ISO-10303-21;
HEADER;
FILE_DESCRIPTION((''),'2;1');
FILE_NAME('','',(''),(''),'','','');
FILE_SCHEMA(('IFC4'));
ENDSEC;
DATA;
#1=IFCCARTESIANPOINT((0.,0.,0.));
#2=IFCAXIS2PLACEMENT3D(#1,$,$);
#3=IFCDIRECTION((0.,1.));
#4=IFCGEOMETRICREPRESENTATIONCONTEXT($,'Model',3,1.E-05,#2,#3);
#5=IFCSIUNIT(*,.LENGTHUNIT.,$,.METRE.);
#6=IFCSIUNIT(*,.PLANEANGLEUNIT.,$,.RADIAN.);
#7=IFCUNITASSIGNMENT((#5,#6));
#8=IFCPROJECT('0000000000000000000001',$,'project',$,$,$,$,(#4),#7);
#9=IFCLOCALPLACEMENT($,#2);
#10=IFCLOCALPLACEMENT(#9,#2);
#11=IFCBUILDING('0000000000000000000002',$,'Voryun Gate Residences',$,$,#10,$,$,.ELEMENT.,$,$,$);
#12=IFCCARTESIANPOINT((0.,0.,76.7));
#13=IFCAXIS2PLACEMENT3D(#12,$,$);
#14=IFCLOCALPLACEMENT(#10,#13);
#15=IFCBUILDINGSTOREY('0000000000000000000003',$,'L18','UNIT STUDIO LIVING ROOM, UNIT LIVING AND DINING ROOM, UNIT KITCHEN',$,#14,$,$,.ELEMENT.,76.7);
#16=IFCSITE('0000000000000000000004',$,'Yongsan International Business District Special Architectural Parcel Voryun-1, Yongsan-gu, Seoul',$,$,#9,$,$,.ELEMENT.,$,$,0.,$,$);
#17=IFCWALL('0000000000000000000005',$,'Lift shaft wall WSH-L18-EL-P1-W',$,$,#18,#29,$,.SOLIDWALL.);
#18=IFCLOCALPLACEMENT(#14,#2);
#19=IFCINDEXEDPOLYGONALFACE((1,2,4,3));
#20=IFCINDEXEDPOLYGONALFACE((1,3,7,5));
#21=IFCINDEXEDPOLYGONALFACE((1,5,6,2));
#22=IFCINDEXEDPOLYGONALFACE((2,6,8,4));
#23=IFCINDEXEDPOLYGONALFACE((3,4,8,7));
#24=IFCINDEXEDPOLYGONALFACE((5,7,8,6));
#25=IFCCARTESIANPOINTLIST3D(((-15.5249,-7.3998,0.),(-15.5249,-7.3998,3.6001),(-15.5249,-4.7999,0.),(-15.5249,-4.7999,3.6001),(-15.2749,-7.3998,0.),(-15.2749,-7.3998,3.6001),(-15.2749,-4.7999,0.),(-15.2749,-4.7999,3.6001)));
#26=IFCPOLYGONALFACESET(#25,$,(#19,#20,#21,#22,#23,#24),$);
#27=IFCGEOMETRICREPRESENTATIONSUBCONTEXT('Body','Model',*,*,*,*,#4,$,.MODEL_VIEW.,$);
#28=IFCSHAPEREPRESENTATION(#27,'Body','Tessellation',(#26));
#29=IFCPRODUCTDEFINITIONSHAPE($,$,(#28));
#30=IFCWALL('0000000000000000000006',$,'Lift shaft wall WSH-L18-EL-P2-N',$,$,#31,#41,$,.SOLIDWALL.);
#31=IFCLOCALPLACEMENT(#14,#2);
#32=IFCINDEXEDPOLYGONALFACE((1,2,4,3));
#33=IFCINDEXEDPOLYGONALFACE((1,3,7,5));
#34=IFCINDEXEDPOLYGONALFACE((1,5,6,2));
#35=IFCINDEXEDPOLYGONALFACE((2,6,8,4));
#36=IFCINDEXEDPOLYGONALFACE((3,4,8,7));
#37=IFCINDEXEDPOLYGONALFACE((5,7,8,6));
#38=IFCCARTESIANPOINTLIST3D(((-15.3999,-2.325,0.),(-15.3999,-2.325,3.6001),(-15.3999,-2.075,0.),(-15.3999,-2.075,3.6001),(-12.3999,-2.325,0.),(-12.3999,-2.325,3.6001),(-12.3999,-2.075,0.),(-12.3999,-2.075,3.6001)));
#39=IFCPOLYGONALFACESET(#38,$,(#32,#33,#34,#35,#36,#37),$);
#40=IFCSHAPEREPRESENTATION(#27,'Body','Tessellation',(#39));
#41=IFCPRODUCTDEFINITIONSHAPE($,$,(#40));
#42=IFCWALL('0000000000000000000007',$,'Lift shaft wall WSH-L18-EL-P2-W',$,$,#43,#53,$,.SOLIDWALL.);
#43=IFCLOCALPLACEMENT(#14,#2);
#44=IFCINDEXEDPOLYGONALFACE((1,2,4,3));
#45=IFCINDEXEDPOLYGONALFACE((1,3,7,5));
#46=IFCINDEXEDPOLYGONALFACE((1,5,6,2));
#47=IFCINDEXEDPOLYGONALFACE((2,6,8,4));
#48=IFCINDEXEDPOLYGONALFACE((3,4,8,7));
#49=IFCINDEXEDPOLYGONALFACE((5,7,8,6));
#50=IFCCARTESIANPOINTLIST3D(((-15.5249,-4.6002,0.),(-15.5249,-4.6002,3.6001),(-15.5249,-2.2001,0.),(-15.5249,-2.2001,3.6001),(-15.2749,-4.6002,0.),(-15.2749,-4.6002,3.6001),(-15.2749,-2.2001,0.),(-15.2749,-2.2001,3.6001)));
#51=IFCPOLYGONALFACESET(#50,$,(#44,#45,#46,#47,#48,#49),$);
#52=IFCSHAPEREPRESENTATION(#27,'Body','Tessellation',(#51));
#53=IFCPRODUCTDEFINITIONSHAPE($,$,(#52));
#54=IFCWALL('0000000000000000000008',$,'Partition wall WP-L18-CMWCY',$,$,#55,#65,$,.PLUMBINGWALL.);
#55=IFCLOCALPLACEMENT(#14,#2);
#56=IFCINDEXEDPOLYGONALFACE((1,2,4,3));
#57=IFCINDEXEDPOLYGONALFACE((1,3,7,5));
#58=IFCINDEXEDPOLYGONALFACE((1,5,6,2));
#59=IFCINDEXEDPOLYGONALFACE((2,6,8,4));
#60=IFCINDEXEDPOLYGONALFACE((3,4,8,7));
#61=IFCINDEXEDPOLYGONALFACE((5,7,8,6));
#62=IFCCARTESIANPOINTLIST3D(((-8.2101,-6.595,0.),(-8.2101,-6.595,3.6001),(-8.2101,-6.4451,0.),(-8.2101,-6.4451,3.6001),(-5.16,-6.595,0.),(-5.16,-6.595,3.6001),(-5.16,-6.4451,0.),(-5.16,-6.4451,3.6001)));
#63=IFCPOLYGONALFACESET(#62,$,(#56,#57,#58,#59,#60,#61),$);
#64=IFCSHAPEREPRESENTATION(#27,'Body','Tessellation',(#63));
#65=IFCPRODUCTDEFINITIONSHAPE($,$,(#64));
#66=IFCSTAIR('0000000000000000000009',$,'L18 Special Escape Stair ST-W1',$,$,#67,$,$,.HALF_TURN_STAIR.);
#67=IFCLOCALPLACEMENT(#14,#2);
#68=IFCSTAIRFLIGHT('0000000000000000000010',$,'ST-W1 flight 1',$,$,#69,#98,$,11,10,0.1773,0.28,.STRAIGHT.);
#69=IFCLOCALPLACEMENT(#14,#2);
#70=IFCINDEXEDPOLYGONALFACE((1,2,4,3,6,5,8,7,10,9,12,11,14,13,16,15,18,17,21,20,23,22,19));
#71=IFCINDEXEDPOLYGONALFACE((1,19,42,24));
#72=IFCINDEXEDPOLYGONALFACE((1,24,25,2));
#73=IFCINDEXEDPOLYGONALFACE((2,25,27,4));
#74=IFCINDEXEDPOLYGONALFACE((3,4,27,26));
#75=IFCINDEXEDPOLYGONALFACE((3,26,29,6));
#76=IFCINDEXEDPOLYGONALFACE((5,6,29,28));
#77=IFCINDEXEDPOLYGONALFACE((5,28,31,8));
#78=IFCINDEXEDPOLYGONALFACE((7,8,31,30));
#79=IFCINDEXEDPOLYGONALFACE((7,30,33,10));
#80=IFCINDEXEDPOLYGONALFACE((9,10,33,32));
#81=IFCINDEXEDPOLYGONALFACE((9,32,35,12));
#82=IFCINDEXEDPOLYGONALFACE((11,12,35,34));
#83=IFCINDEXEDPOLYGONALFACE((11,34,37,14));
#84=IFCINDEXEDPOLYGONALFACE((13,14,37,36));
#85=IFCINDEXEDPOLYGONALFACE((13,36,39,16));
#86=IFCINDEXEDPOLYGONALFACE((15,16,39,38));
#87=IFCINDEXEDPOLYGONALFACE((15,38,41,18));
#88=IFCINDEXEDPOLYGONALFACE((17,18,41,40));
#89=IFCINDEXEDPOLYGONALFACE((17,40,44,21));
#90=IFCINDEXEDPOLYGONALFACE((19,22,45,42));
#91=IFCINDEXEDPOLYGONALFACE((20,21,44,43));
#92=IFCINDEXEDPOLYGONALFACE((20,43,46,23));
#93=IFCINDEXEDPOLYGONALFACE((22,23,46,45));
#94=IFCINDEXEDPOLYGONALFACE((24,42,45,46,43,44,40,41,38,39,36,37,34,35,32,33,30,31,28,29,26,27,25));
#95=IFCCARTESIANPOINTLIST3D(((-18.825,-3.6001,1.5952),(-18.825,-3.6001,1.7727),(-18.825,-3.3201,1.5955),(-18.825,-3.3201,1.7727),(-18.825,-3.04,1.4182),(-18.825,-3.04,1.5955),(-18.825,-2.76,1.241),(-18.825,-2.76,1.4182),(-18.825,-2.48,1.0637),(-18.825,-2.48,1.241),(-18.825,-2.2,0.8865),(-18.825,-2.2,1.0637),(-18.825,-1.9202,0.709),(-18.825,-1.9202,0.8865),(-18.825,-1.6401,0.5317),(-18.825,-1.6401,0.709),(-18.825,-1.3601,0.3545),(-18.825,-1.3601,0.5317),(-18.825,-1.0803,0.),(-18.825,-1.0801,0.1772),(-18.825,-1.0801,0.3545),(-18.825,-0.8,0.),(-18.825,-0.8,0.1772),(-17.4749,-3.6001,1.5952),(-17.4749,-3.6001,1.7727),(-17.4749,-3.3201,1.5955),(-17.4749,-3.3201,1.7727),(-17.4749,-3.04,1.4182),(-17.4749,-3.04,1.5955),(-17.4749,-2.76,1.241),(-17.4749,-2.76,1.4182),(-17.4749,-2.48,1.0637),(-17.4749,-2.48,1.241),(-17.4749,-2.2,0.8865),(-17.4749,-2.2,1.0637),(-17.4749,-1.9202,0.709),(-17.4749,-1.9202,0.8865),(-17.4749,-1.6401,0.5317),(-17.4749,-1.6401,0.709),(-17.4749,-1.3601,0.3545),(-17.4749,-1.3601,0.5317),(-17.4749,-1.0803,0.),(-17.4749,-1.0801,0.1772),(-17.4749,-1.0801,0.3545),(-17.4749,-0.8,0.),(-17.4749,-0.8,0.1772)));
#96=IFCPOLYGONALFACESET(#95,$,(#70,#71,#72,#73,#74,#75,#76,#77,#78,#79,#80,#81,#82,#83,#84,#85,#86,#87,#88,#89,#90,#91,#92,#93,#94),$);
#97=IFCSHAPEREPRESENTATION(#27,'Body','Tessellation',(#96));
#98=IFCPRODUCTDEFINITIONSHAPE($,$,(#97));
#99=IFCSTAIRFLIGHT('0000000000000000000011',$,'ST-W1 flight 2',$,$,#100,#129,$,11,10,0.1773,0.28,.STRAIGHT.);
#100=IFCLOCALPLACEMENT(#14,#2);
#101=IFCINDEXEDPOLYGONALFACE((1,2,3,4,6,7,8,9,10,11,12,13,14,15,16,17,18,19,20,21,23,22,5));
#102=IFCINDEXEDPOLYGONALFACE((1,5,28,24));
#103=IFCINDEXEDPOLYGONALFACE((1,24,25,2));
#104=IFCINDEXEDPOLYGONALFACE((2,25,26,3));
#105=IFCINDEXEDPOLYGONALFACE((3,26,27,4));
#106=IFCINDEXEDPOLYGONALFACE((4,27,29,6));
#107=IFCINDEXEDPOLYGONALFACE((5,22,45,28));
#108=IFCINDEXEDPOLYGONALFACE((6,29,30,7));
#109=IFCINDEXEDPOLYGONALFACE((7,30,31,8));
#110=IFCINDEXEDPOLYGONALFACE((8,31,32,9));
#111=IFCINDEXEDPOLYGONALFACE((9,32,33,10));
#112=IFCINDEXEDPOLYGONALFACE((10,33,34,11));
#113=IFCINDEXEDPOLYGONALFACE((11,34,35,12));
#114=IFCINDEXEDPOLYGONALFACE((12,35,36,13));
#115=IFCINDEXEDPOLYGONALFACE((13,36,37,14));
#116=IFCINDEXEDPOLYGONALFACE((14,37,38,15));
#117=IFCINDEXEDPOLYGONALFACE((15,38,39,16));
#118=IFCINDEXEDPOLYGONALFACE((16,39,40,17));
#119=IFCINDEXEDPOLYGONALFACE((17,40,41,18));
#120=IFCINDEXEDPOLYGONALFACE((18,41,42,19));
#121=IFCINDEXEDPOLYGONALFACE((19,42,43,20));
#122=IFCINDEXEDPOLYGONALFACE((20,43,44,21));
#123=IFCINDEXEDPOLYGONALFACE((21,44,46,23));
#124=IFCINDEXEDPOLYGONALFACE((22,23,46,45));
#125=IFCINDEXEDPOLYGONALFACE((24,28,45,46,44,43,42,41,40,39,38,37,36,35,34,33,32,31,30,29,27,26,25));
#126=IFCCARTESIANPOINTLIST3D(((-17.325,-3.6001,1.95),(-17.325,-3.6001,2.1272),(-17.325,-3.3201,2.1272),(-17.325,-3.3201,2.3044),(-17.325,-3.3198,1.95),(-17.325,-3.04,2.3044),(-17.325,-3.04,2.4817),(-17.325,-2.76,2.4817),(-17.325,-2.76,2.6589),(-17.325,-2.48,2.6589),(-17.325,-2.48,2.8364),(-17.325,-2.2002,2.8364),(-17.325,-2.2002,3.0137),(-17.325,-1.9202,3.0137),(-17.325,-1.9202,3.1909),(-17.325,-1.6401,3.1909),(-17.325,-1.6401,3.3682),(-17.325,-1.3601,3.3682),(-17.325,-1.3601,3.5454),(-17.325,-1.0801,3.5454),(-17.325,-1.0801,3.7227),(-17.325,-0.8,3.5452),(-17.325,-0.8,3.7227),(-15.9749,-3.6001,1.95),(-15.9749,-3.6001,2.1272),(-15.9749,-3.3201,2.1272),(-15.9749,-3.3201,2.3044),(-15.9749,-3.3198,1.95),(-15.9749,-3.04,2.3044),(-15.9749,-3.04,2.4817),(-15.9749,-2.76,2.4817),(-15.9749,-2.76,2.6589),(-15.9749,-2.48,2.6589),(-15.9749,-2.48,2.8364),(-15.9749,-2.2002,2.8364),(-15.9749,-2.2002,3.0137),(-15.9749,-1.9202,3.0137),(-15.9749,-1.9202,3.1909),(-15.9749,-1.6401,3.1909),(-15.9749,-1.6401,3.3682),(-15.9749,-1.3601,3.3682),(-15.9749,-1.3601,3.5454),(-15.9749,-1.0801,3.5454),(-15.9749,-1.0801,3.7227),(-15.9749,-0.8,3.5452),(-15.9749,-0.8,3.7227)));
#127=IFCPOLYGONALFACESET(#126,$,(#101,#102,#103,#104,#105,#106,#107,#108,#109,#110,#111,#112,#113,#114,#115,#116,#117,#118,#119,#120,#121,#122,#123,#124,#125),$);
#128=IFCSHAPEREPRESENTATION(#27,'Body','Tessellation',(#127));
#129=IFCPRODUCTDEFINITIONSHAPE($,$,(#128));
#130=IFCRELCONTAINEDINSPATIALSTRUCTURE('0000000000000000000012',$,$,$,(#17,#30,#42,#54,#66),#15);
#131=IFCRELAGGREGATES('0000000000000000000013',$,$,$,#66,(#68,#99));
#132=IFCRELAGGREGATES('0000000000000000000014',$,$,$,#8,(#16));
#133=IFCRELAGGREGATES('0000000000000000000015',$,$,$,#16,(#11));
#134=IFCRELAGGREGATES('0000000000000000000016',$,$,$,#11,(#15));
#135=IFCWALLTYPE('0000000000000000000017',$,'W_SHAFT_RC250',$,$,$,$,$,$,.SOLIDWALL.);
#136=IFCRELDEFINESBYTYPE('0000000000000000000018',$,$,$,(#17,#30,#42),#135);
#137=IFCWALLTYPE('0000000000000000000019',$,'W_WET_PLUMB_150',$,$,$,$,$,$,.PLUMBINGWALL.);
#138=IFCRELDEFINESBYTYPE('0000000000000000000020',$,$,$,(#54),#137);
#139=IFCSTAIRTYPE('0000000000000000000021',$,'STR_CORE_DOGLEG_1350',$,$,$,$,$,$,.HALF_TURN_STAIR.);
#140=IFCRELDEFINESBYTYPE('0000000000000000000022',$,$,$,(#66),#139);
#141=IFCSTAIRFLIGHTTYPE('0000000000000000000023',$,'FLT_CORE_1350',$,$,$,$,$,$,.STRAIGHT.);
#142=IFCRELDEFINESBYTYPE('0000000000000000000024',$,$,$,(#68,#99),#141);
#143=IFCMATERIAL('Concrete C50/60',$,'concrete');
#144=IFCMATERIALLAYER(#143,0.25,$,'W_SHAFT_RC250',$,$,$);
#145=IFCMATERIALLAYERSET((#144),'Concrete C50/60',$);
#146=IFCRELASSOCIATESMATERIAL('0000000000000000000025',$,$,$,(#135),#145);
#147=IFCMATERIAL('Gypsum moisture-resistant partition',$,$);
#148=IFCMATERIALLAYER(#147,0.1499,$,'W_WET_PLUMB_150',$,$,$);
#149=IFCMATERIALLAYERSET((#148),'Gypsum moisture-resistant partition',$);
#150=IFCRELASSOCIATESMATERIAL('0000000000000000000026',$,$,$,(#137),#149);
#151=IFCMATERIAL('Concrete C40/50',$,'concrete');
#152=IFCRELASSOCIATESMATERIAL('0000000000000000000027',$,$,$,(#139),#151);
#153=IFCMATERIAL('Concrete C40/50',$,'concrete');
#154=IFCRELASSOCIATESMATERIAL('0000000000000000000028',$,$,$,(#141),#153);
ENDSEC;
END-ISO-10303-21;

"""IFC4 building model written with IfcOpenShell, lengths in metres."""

from ifc_helpers import new_model, si_unit, direction, frame, frame_2d, origin, place, context, subcontext, project, spatial, polyline, rectangle, outline, extrude, material, layer, layer_set, type_object, element, aggregate, save


model = new_model("IFC4")

# Units and contexts
model_context = context("Model", 3, precision=1e-05, world=origin(), true_north=direction((0.0, 1.0)))
body_context = subcontext(model_context, "Body", "Model", "MODEL_VIEW")
ifc_project = project(units=[si_unit("LENGTHUNIT", "METRE"), si_unit("PLANEANGLEUNIT", "RADIAN")], contexts=[model_context])

# Site, building, storey
site_placement = place(None, origin())
site = spatial("IfcSite", under=ifc_project, at=site_placement, Name="Yongsan International Business District Special Architectural Parcel Voryun-1, Yongsan-gu, Seoul", CompositionType="ELEMENT", RefElevation=0.0)
building_placement = place(site_placement, origin())
building = spatial("IfcBuilding", under=site, at=building_placement, Name="Voryun Gate Residences", CompositionType="ELEMENT")
storey_placement = place(building_placement, frame((0.0, 0.0, 76.7)))
storey = spatial("IfcBuildingStorey", under=building, at=storey_placement, Name="L18", Description="UNIT STUDIO LIVING ROOM, UNIT LIVING AND DINING ROOM, UNIT KITCHEN", CompositionType="ELEMENT", Elevation=76.7)

# Walls
ifc_material_1 = material(Name="Concrete C50/60", Category="concrete")
ifc_layer_1 = layer(ifc_material_1, 0.25, Name="W_SHAFT_RC250")
ifc_layer_set_1 = layer_set([ifc_layer_1], Name="Concrete C50/60")
wall_type_1 = type_object("IfcWallType", Name="W_SHAFT_RC250", PredefinedType="SOLIDWALL", material=ifc_layer_set_1)
wall_1_placement = place(storey_placement, frame((-15.3999, -4.8, 0.0), z_axis=(0.0, 0.0, 1.0), x_axis=(0.0, -1.0, 0.0)))
element("IfcWall", 1, at=wall_1_placement, inside=storey, type_object=wall_type_1, Name="Lift shaft wall WSH-L18-EL-P1-W", PredefinedType="SOLIDWALL", context=body_context, shape_type="SweptSolid", body=[
    extrude(rectangle(XDim=2.5999, YDim=0.25, at=frame_2d((1.2998, 0.0))), origin(), (0.0, 0.0, 1.0), 3.6001),
])
wall_2_placement = place(storey_placement, frame((-12.3999, -2.2, 0.0), z_axis=(0.0, 0.0, 1.0), x_axis=(-1.0, 0.0, 0.0)))
element("IfcWall", 2, at=wall_2_placement, inside=storey, type_object=wall_type_1, Name="Lift shaft wall WSH-L18-EL-P2-N", PredefinedType="SOLIDWALL", context=body_context, shape_type="SweptSolid", body=[
    extrude(rectangle(XDim=3.0, YDim=0.25, at=frame_2d((1.5, 0.0))), origin(), (0.0, 0.0, 1.0), 3.6001),
])
wall_3_placement = place(storey_placement, frame((-15.3999, -2.2, 0.0), z_axis=(0.0, 0.0, 1.0), x_axis=(0.0, -1.0, 0.0)))
element("IfcWall", 3, at=wall_3_placement, inside=storey, type_object=wall_type_1, Name="Lift shaft wall WSH-L18-EL-P2-W", PredefinedType="SOLIDWALL", context=body_context, shape_type="SweptSolid", body=[
    extrude(rectangle(XDim=2.4001, YDim=0.25, at=frame_2d((1.2002, 0.0))), origin(), (0.0, 0.0, 1.0), 3.6001),
])
ifc_material_2 = material(Name="Gypsum moisture-resistant partition")
ifc_layer_2 = layer(ifc_material_2, 0.1499, Name="W_WET_PLUMB_150")
ifc_layer_set_2 = layer_set([ifc_layer_2], Name="Gypsum moisture-resistant partition")
wall_type_2 = type_object("IfcWallType", Name="W_WET_PLUMB_150", PredefinedType="PLUMBINGWALL", material=ifc_layer_set_2)
wall_4_placement = place(storey_placement, frame((-8.21, -6.52, 0.0), z_axis=(0.0, 0.0, 1.0), x_axis=(1.0, 0.0, 0.0)))
element("IfcWall", 4, at=wall_4_placement, inside=storey, type_object=wall_type_2, Name="Partition wall WP-L18-CMWCY", PredefinedType="PLUMBINGWALL", context=body_context, shape_type="SweptSolid", body=[
    extrude(rectangle(XDim=3.05, YDim=0.1499, at=frame_2d((1.5249, 0.0))), origin(), (0.0, 0.0, 1.0), 3.6001),
])

# Stair, stair flights
ifc_material_3 = material(Name="Concrete C40/50", Category="concrete")
stair_type = type_object("IfcStairType", Name="STR_CORE_DOGLEG_1350", PredefinedType="HALF_TURN_STAIR", material=ifc_material_3)
stair_placement = place(storey_placement, origin())
stair = element("IfcStair", 5, at=stair_placement, inside=storey, type_object=stair_type, Name="L18 Special Escape Stair ST-W1", PredefinedType="HALF_TURN_STAIR")
ifc_material_4 = material(Name="Concrete C40/50", Category="concrete")
stair_flight_type = type_object("IfcStairFlightType", Name="FLT_CORE_1350", PredefinedType="STRAIGHT", material=ifc_material_4)
stair_flight_1_placement = place(storey_placement, frame((-18.1499, -0.8, 0.0), z_axis=(0.0, 0.0, 1.0), x_axis=(0.0, -1.0, 0.0)))
stair_flight_1 = element("IfcStairFlight", 6, at=stair_flight_1_placement, type_object=stair_flight_type, Name="ST-W1 flight 1", NumberOfRisers=11, NumberOfTreads=10, PredefinedType="STRAIGHT", RiserHeight=0.1773, TreadLength=0.28, context=body_context, shape_type="SweptSolid", body=[
    extrude(outline(polyline([(0.0, 0.0), (0.0, 0.1772), (0.28, 0.1772), (0.28, 0.3545), (0.5601, 0.3545), (0.5601, 0.5317), (0.8401, 0.5317), (0.8401, 0.709), (1.1201, 0.709), (1.1201, 0.8865), (1.3999, 0.8865), (1.3999, 1.0637), (1.6799, 1.0637), (1.6799, 1.241), (1.96, 1.241), (1.96, 1.4182), (2.24, 1.4182), (2.24, 1.5955), (2.52, 1.5955), (2.52, 1.7727), (2.8, 1.7727), (2.8, 1.95), (2.8, 1.5952), (0.2803, 0.0), (0.0, 0.0)])), frame((0.0, 0.675, 0.0), z_axis=(0.0, -1.0, 0.0), x_axis=(1.0, 0.0, 0.0)), (0.0, 0.0, 1.0), 1.3501),
])
stair_flight_2_placement = place(storey_placement, frame((-16.6499, -3.6001, 1.95), z_axis=(0.0, 0.0, 1.0), x_axis=(0.0, 1.0, 0.0)))
stair_flight_2 = element("IfcStairFlight", 7, at=stair_flight_2_placement, type_object=stair_flight_type, Name="ST-W1 flight 2", NumberOfRisers=11, NumberOfTreads=10, PredefinedType="STRAIGHT", RiserHeight=0.1773, TreadLength=0.28, context=body_context, shape_type="SweptSolid", body=[
    extrude(outline(polyline([(0.0, 0.0), (0.0, 0.1772), (0.28, 0.1772), (0.28, 0.3545), (0.5601, 0.3545), (0.5601, 0.5317), (0.8401, 0.5317), (0.8401, 0.709), (1.1201, 0.709), (1.1201, 0.8865), (1.3999, 0.8865), (1.3999, 1.0637), (1.6799, 1.0637), (1.6799, 1.241), (1.96, 1.241), (1.96, 1.4182), (2.24, 1.4182), (2.24, 1.5955), (2.52, 1.5955), (2.52, 1.7727), (2.8, 1.7727), (2.8, 1.95), (2.8, 1.5952), (0.2803, 0.0), (0.0, 0.0)])), frame((0.0, 0.675, 0.0), z_axis=(0.0, -1.0, 0.0), x_axis=(1.0, 0.0, 0.0)), (0.0, 0.0, 1.0), 1.3501),
])
aggregate(stair, [stair_flight_1, stair_flight_2])

save(model, "model.ifc")
